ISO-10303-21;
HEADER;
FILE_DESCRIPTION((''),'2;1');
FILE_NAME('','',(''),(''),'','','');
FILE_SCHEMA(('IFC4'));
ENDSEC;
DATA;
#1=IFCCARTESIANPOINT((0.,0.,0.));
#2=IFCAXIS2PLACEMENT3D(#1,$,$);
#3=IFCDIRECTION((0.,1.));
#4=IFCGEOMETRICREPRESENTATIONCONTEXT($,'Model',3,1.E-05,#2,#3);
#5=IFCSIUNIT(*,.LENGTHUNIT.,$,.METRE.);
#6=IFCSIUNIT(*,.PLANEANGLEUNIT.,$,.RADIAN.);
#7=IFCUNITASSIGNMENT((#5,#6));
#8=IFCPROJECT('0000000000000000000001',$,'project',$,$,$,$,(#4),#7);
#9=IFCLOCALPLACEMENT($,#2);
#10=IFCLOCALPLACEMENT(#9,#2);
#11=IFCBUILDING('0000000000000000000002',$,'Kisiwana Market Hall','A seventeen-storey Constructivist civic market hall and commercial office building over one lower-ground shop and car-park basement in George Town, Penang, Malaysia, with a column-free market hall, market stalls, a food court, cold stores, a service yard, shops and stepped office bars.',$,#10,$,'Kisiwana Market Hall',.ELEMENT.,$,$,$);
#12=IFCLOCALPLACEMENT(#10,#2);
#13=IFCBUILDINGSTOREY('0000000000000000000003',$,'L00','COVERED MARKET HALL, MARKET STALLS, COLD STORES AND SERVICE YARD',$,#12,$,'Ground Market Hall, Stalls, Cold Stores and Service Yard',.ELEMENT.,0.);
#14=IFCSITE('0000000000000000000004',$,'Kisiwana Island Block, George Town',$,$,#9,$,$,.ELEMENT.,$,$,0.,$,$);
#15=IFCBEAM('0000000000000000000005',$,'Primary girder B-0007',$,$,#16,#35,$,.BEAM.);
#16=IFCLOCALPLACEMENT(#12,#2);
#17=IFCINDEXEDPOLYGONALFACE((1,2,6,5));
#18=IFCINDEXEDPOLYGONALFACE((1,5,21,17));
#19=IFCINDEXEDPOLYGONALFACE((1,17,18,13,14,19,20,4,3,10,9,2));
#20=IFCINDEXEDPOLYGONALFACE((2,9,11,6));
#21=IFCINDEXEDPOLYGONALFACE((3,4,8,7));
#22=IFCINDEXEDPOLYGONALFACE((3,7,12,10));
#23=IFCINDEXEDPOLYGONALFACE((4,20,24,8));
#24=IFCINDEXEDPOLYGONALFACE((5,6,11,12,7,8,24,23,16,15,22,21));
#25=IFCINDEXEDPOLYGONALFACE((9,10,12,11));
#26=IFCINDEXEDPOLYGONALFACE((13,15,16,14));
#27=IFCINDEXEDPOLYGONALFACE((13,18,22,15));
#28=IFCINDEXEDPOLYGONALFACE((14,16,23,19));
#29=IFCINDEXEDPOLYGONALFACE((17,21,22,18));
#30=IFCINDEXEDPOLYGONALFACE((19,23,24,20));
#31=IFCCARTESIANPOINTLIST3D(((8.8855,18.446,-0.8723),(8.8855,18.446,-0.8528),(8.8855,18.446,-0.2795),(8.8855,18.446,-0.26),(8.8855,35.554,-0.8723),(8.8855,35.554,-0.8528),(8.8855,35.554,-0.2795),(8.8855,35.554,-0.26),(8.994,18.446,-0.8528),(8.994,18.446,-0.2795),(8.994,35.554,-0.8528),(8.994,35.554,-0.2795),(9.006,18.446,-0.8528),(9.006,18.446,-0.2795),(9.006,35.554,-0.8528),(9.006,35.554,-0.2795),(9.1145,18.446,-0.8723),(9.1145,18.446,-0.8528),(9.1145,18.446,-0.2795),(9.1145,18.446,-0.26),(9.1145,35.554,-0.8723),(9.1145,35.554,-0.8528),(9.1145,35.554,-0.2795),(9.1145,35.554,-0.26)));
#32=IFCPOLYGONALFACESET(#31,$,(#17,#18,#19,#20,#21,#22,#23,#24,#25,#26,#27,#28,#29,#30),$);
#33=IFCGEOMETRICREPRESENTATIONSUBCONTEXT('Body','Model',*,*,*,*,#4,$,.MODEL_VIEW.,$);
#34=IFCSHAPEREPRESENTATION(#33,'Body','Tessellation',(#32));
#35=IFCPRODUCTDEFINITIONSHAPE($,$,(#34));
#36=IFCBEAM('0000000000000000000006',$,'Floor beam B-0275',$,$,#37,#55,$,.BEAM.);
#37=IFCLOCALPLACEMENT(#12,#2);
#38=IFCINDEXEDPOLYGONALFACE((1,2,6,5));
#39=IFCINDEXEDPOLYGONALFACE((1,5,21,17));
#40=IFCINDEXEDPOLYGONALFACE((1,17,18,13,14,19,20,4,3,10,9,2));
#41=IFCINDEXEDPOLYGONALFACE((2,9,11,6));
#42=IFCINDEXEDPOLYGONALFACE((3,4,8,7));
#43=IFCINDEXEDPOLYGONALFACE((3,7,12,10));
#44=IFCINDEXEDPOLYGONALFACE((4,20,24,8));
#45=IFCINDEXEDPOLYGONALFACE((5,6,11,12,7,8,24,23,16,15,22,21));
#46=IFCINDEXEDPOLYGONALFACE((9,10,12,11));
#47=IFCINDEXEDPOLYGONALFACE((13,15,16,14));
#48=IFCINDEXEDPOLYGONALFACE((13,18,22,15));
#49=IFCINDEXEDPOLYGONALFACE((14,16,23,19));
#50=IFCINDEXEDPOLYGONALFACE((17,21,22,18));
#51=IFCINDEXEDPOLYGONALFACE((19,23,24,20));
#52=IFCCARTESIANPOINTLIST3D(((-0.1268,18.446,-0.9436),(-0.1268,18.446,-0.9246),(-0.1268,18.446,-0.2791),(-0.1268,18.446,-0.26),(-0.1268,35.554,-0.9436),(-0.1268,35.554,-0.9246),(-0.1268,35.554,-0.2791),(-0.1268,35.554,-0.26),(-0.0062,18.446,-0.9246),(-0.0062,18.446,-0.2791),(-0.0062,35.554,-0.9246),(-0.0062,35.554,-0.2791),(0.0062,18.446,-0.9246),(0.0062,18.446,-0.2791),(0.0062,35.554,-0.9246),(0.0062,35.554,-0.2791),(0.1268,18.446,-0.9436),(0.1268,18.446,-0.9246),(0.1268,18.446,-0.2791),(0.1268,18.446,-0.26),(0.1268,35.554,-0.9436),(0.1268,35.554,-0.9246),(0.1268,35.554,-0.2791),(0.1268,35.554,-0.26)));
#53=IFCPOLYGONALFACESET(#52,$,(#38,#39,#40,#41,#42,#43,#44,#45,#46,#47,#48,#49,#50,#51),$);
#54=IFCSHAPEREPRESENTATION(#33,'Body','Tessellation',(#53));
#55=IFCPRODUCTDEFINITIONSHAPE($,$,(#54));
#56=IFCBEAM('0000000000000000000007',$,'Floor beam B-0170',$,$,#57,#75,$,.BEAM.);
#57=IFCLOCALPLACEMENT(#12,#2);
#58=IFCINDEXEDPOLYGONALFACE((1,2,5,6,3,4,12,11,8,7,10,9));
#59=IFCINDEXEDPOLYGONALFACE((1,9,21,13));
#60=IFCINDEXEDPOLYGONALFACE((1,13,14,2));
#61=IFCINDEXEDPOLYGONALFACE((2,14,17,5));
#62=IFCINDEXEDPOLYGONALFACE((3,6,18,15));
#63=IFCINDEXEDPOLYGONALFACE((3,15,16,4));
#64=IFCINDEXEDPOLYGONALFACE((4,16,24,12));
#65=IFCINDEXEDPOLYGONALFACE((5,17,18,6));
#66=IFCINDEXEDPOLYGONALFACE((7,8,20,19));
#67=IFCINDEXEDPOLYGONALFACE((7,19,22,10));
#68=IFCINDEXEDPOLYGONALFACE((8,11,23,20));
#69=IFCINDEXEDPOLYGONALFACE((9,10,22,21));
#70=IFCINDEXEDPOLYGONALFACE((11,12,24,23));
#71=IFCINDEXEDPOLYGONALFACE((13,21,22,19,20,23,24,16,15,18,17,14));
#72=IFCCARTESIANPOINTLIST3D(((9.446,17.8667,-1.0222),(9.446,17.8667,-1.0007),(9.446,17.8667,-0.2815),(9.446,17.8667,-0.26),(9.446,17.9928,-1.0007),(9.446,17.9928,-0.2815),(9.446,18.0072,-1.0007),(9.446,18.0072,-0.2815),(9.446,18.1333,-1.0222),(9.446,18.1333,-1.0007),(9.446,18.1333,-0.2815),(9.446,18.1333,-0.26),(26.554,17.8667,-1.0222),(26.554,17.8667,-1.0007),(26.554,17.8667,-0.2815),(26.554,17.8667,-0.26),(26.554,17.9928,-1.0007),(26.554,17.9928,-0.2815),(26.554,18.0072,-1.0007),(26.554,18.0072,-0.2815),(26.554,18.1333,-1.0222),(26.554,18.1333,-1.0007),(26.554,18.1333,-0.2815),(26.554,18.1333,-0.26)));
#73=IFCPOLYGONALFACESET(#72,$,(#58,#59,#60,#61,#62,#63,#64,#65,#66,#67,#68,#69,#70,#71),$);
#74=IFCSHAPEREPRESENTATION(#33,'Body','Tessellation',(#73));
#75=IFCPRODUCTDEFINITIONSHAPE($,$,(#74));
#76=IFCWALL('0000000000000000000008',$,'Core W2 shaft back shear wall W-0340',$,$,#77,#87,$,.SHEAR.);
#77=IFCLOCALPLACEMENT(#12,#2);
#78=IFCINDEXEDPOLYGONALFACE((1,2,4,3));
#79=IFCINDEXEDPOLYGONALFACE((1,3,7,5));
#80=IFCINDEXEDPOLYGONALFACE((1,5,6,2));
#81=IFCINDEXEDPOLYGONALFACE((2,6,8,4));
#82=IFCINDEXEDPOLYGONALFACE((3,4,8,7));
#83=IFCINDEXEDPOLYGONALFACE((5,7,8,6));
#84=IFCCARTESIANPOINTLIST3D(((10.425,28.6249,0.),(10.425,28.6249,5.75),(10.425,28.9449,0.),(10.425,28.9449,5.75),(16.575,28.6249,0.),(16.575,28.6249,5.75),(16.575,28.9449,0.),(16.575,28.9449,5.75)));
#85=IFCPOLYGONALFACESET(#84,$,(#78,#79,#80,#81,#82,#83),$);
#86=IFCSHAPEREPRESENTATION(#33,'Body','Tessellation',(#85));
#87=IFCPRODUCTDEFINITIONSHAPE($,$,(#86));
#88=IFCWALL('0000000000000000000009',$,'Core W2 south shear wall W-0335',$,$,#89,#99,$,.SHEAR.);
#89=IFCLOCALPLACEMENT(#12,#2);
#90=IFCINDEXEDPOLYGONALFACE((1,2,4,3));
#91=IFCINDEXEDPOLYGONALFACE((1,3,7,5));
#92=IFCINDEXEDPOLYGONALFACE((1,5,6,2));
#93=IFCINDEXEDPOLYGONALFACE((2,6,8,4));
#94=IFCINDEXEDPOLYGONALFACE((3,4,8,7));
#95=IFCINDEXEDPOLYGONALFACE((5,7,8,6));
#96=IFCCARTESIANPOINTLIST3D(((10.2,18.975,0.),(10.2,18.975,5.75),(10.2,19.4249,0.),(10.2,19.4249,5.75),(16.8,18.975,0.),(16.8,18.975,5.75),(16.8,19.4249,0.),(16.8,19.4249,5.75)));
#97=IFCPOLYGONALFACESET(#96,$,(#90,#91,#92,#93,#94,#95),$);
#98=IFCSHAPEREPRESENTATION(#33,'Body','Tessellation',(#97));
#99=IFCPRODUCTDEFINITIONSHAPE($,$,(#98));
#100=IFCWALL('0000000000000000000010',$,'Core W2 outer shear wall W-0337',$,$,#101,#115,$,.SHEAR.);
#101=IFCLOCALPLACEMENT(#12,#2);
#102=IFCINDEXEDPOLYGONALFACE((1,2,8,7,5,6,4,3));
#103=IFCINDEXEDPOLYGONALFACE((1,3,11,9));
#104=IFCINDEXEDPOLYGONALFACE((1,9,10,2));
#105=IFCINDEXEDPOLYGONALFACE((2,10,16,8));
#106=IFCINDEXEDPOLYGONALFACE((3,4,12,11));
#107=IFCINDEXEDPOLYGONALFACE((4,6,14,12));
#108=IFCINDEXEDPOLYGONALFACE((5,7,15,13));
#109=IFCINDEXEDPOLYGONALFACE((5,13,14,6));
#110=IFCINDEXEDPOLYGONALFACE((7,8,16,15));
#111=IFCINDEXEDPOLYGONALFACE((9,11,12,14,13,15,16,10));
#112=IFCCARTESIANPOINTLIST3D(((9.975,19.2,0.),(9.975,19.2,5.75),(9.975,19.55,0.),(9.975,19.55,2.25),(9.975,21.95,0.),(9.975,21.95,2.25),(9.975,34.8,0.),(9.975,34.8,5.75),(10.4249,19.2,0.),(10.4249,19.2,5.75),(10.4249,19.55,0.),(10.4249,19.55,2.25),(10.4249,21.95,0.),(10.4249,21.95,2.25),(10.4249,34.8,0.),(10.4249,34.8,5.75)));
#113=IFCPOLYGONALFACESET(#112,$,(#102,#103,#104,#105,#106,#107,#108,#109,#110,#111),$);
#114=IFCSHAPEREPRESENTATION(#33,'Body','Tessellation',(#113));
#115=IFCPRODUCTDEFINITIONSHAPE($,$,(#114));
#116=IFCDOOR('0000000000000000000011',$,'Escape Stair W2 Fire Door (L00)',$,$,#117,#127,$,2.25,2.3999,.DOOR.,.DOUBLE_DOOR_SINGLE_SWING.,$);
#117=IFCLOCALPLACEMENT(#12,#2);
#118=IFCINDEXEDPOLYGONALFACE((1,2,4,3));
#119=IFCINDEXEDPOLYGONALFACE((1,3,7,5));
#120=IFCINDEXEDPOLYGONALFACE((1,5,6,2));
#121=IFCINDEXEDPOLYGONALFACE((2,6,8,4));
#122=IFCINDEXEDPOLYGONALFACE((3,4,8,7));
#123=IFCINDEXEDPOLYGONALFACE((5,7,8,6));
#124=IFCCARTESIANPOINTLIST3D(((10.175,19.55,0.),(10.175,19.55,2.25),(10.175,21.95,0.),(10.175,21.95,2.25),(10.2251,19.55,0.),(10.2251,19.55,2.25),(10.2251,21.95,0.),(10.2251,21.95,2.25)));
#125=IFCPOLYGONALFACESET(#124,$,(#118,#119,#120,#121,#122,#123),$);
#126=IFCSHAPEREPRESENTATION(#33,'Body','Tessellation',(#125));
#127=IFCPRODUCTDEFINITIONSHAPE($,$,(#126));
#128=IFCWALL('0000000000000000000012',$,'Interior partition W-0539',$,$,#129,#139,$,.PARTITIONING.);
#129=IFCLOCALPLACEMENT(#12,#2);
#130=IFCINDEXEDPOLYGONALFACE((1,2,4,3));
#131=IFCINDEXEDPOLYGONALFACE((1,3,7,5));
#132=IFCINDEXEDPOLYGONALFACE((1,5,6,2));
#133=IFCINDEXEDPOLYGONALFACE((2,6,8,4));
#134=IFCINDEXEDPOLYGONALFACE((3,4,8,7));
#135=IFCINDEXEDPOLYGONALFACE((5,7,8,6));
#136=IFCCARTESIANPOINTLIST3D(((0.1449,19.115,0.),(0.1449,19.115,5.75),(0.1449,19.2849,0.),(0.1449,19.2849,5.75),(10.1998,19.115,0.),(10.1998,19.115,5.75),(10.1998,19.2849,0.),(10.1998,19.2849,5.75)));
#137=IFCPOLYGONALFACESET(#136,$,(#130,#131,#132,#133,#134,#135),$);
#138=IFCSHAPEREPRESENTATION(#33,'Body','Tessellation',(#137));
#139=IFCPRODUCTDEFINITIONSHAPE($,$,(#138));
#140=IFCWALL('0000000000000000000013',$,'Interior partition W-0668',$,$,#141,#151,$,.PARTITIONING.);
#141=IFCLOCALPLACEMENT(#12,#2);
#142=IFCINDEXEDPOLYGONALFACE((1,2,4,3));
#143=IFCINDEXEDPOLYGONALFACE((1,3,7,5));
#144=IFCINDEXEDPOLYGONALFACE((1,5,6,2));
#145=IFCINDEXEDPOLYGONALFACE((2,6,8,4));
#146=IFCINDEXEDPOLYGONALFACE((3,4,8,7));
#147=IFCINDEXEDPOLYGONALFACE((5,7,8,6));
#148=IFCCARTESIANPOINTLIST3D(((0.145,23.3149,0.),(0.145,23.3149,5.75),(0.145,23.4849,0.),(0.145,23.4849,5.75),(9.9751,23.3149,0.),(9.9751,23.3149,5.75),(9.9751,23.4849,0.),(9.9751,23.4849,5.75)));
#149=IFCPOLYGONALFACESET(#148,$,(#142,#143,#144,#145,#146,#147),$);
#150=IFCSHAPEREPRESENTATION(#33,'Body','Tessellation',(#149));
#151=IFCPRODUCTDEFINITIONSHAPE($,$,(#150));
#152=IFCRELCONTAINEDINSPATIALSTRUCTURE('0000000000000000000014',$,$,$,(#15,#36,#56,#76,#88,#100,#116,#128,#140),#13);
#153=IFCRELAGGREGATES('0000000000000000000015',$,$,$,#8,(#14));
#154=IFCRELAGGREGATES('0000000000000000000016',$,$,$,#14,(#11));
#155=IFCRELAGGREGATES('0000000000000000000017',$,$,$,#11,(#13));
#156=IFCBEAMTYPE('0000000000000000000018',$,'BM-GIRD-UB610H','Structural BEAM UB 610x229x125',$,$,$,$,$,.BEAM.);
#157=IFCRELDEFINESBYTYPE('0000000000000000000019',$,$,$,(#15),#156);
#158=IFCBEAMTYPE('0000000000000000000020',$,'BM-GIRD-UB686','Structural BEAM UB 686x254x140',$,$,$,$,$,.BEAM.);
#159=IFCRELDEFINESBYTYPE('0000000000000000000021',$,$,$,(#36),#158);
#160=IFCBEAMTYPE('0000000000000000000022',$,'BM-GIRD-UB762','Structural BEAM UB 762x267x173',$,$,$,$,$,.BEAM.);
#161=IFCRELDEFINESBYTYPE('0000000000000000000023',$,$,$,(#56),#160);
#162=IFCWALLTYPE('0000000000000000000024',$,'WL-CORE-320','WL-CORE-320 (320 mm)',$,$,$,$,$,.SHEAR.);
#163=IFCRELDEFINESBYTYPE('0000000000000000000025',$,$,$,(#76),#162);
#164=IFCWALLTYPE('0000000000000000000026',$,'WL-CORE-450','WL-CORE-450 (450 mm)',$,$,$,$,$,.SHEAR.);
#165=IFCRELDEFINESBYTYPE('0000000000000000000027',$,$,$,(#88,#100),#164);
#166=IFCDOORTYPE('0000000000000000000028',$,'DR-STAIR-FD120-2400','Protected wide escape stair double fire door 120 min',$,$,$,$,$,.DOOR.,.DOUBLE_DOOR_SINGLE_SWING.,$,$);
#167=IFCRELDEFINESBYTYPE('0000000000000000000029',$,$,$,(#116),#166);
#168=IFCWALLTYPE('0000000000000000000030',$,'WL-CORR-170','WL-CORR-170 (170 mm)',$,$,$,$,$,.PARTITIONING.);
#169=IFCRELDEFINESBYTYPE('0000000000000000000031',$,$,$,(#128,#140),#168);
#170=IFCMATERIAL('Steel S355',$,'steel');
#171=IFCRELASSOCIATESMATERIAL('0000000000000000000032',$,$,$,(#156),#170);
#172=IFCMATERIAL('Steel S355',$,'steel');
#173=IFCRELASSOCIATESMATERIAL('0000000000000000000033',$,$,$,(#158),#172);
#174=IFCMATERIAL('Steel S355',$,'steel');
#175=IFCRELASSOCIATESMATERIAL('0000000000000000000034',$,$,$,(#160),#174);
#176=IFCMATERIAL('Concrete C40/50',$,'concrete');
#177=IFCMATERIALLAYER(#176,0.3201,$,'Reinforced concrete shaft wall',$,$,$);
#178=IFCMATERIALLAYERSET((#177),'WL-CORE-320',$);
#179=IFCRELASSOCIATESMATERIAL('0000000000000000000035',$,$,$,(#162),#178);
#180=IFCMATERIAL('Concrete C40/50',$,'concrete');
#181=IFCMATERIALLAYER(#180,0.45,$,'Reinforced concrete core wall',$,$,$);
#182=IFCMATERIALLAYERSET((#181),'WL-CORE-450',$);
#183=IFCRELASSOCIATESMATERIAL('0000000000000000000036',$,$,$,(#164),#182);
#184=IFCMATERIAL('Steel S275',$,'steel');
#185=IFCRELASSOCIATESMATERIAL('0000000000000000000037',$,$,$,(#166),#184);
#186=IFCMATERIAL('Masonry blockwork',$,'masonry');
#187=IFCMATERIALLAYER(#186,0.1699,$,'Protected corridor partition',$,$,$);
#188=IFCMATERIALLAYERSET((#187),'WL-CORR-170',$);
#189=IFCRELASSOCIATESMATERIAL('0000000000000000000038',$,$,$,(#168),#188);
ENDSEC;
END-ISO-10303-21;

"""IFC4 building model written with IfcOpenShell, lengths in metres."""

from ifc_helpers import new_model, si_unit, direction, frame, frame_2d, origin, origin_2d, place, context, subcontext, project, spatial, rectangle, i_section, extrude, material, layer, layer_set, material_profile, profile_set, type_object, element, fill, save


model = new_model("IFC4")

# Units and contexts
model_context = context("Model", 3, precision=1e-05, world=origin(), true_north=direction((0.0, 1.0)))
body_context = subcontext(model_context, "Body", "Model", "MODEL_VIEW")
ifc_project = project(units=[si_unit("LENGTHUNIT", "METRE"), si_unit("PLANEANGLEUNIT", "RADIAN")], contexts=[model_context])

# Site, building, storey
site_placement = place(None, origin())
site = spatial("IfcSite", under=ifc_project, at=site_placement, Name="Kisiwana Island Block, George Town", CompositionType="ELEMENT", RefElevation=0.0)
building_placement = place(site_placement, origin())
building = spatial("IfcBuilding", under=site, at=building_placement, Name="Kisiwana Market Hall", Description="A seventeen-storey Constructivist civic market hall and commercial office building over one lower-ground shop and car-park basement in George Town, Penang, Malaysia, with a column-free market hall, market stalls, a food court, cold stores, a service yard, shops and stepped office bars.", LongName="Kisiwana Market Hall", CompositionType="ELEMENT")
storey_placement = place(building_placement, origin())
storey = spatial("IfcBuildingStorey", under=building, at=storey_placement, Name="L00", Description="COVERED MARKET HALL, MARKET STALLS, COLD STORES AND SERVICE YARD", LongName="Ground Market Hall, Stalls, Cold Stores and Service Yard", CompositionType="ELEMENT", Elevation=0.0)

# Beams
ifc_material_1 = material(Name="Steel S355", Category="steel")
ifc_material_profile_1 = material_profile(ifc_material_1, i_section(OverallWidth=0.229, OverallDepth=0.6123, WebThickness=0.012, FlangeThickness=0.0195, at=origin_2d()), Name="UB 610x229x125")
ifc_profile_set_1 = profile_set([ifc_material_profile_1], Name="Steel S355")
beam_type_1 = type_object("IfcBeamType", Name="BM-GIRD-UB610H", Description="Structural BEAM UB 610x229x125", PredefinedType="BEAM", material=ifc_profile_set_1)
beam_1_placement = place(storey_placement, frame((9.0, 18.446, -0.5662), z_axis=(0.0, 1.0, 0.0), x_axis=(-1.0, 0.0, 0.0)))
element("IfcBeam", 1, at=beam_1_placement, inside=storey, type_object=beam_type_1, Name="Primary girder B-0007", PredefinedType="BEAM", context=body_context, shape_type="SweptSolid", body=[
    extrude(i_section(OverallWidth=0.229, OverallDepth=0.6123, WebThickness=0.012, FlangeThickness=0.0195, at=origin_2d()), origin(), (0.0, 0.0, 1.0), 17.1079),
])
ifc_material_2 = material(Name="Steel S355", Category="steel")
ifc_material_profile_2 = material_profile(ifc_material_2, i_section(OverallWidth=0.2537, OverallDepth=0.6836, WebThickness=0.0125, FlangeThickness=0.019, at=origin_2d()), Name="UB 686x254x140")
ifc_profile_set_2 = profile_set([ifc_material_profile_2], Name="Steel S355")
beam_type_2 = type_object("IfcBeamType", Name="BM-GIRD-UB686", Description="Structural BEAM UB 686x254x140", PredefinedType="BEAM", material=ifc_profile_set_2)
beam_2_placement = place(storey_placement, frame((0.0, 18.446, -0.6018), z_axis=(0.0, 1.0, 0.0), x_axis=(-1.0, 0.0, 0.0)))
element("IfcBeam", 2, at=beam_2_placement, inside=storey, type_object=beam_type_2, Name="Floor beam B-0275", PredefinedType="BEAM", context=body_context, shape_type="SweptSolid", body=[
    extrude(i_section(OverallWidth=0.2537, OverallDepth=0.6836, WebThickness=0.0125, FlangeThickness=0.019, at=origin_2d()), origin(), (0.0, 0.0, 1.0), 17.1079),
])
ifc_material_3 = material(Name="Steel S355", Category="steel")
ifc_material_profile_3 = material_profile(ifc_material_3, i_section(OverallWidth=0.2666, OverallDepth=0.7622, WebThickness=0.0144, FlangeThickness=0.0215, at=origin_2d()), Name="UB 762x267x173")
ifc_profile_set_3 = profile_set([ifc_material_profile_3], Name="Steel S355")
beam_type_3 = type_object("IfcBeamType", Name="BM-GIRD-UB762", Description="Structural BEAM UB 762x267x173", PredefinedType="BEAM", material=ifc_profile_set_3)
beam_3_placement = place(storey_placement, frame((9.446, 18.0, -0.6411), z_axis=(1.0, 0.0, 0.0), x_axis=(0.0, 1.0, 0.0)))
element("IfcBeam", 3, at=beam_3_placement, inside=storey, type_object=beam_type_3, Name="Floor beam B-0170", PredefinedType="BEAM", context=body_context, shape_type="SweptSolid", body=[
    extrude(i_section(OverallWidth=0.2666, OverallDepth=0.7622, WebThickness=0.0144, FlangeThickness=0.0215, at=origin_2d()), origin(), (0.0, 0.0, 1.0), 17.1079),
])

# Walls
ifc_material_4 = material(Name="Concrete C40/50", Category="concrete")
ifc_layer_1 = layer(ifc_material_4, 0.3201, Name="Reinforced concrete shaft wall")
ifc_layer_set_1 = layer_set([ifc_layer_1], Name="WL-CORE-320")
wall_type_1 = type_object("IfcWallType", Name="WL-CORE-320", Description="WL-CORE-320 (320 mm)", PredefinedType="SHEAR", material=ifc_layer_set_1)
wall_1_placement = place(storey_placement, frame((10.425, 28.7849, 0.0), z_axis=(0.0, 0.0, 1.0), x_axis=(1.0, 0.0, 0.0)))
element("IfcWall", 4, at=wall_1_placement, inside=storey, type_object=wall_type_1, Name="Core W2 shaft back shear wall W-0340", PredefinedType="SHEAR", context=body_context, shape_type="SweptSolid", body=[
    extrude(rectangle(XDim=6.1499, YDim=0.3201, at=frame_2d((3.075, 0.0))), origin(), (0.0, 0.0, 1.0), 5.75),
])
ifc_material_5 = material(Name="Concrete C40/50", Category="concrete")
ifc_layer_2 = layer(ifc_material_5, 0.45, Name="Reinforced concrete core wall")
ifc_layer_set_2 = layer_set([ifc_layer_2], Name="WL-CORE-450")
wall_type_2 = type_object("IfcWallType", Name="WL-CORE-450", Description="WL-CORE-450 (450 mm)", PredefinedType="SHEAR", material=ifc_layer_set_2)
wall_2_placement = place(storey_placement, frame((10.2, 19.2, 0.0), z_axis=(0.0, 0.0, 1.0), x_axis=(1.0, 0.0, 0.0)))
element("IfcWall", 5, at=wall_2_placement, inside=storey, type_object=wall_type_2, Name="Core W2 south shear wall W-0335", PredefinedType="SHEAR", context=body_context, shape_type="SweptSolid", body=[
    extrude(rectangle(XDim=6.6001, YDim=0.45, at=frame_2d((3.3, 0.0))), origin(), (0.0, 0.0, 1.0), 5.75),
])

# Wall, opening, door
wall_3_placement = place(storey_placement, frame((10.2, 19.2, 0.0), z_axis=(0.0, 0.0, 1.0), x_axis=(0.0, 1.0, 0.0)))
wall_3 = element("IfcWall", 6, at=wall_3_placement, inside=storey, type_object=wall_type_2, Name="Core W2 outer shear wall W-0337", PredefinedType="SHEAR", context=body_context, shape_type="SweptSolid", body=[
    extrude(rectangle(XDim=15.6001, YDim=0.45, at=frame_2d((7.8, 0.0))), origin(), (0.0, 0.0, 1.0), 5.75),
])
opening_1_placement = place(wall_3_placement, frame((0.3501, 0.0, 0.0)))
opening_1 = element("IfcOpeningElement", 7, at=opening_1_placement, cuts=wall_3, PredefinedType="OPENING", context=body_context, shape_type="SweptSolid", body=[
    extrude(rectangle(XDim=2.3999, YDim=2.25, at=frame_2d((1.2, 1.125))), frame((0.0, 0.2368, 0.0), z_axis=(0.0, -1.0, 0.0), x_axis=(1.0, 0.0, 0.0)), (0.0, 0.0, 1.0), 0.4739),
])
ifc_material_6 = material(Name="Steel S275", Category="steel")
door_type_1 = type_object("IfcDoorType", Name="DR-STAIR-FD120-2400", Description="Protected wide escape stair double fire door 120 min", OperationType="DOUBLE_DOOR_SINGLE_SWING", PredefinedType="DOOR", material=ifc_material_6)
door_1_placement = place(opening_1_placement, origin())
door_1 = element("IfcDoor", 8, at=door_1_placement, inside=storey, type_object=door_type_1, Name="Escape Stair W2 Fire Door (L00)", OperationType="DOUBLE_DOOR_SINGLE_SWING", OverallHeight=2.25, OverallWidth=2.3999, PredefinedType="DOOR", context=body_context, shape_type="SweptSolid", body=[
    extrude(rectangle(XDim=2.3999, YDim=2.25, at=frame_2d((1.2, 1.125))), frame((0.0, 0.0249, 0.0), z_axis=(0.0, -1.0, 0.0), x_axis=(1.0, 0.0, 0.0)), (0.0, 0.0, 1.0), 0.05),
])
fill(opening_1, door_1)

# Walls
ifc_material_7 = material(Name="Masonry blockwork", Category="masonry")
ifc_layer_3 = layer(ifc_material_7, 0.1699, Name="Protected corridor partition")
ifc_layer_set_3 = layer_set([ifc_layer_3], Name="WL-CORR-170")
wall_type_3 = type_object("IfcWallType", Name="WL-CORR-170", Description="WL-CORR-170 (170 mm)", PredefinedType="PARTITIONING", material=ifc_layer_set_3)
wall_4_placement = place(storey_placement, frame((0.145, 19.2, 0.0), z_axis=(0.0, 0.0, 1.0), x_axis=(1.0, 0.0, 0.0)))
element("IfcWall", 9, at=wall_4_placement, inside=storey, type_object=wall_type_3, Name="Interior partition W-0539", PredefinedType="PARTITIONING", context=body_context, shape_type="SweptSolid", body=[
    extrude(rectangle(XDim=10.0549, YDim=0.1699, at=frame_2d((5.0273, 0.0))), origin(), (0.0, 0.0, 1.0), 5.75),
])
wall_5_placement = place(storey_placement, frame((0.145, 23.3999, 0.0), z_axis=(0.0, 0.0, 1.0), x_axis=(1.0, 0.0, 0.0)))
element("IfcWall", 10, at=wall_5_placement, inside=storey, type_object=wall_type_3, Name="Interior partition W-0668", PredefinedType="PARTITIONING", context=body_context, shape_type="SweptSolid", body=[
    extrude(rectangle(XDim=9.8301, YDim=0.1699, at=frame_2d((4.915, 0.0))), origin(), (0.0, 0.0, 1.0), 5.75),
])

save(model, "model.ifc")
